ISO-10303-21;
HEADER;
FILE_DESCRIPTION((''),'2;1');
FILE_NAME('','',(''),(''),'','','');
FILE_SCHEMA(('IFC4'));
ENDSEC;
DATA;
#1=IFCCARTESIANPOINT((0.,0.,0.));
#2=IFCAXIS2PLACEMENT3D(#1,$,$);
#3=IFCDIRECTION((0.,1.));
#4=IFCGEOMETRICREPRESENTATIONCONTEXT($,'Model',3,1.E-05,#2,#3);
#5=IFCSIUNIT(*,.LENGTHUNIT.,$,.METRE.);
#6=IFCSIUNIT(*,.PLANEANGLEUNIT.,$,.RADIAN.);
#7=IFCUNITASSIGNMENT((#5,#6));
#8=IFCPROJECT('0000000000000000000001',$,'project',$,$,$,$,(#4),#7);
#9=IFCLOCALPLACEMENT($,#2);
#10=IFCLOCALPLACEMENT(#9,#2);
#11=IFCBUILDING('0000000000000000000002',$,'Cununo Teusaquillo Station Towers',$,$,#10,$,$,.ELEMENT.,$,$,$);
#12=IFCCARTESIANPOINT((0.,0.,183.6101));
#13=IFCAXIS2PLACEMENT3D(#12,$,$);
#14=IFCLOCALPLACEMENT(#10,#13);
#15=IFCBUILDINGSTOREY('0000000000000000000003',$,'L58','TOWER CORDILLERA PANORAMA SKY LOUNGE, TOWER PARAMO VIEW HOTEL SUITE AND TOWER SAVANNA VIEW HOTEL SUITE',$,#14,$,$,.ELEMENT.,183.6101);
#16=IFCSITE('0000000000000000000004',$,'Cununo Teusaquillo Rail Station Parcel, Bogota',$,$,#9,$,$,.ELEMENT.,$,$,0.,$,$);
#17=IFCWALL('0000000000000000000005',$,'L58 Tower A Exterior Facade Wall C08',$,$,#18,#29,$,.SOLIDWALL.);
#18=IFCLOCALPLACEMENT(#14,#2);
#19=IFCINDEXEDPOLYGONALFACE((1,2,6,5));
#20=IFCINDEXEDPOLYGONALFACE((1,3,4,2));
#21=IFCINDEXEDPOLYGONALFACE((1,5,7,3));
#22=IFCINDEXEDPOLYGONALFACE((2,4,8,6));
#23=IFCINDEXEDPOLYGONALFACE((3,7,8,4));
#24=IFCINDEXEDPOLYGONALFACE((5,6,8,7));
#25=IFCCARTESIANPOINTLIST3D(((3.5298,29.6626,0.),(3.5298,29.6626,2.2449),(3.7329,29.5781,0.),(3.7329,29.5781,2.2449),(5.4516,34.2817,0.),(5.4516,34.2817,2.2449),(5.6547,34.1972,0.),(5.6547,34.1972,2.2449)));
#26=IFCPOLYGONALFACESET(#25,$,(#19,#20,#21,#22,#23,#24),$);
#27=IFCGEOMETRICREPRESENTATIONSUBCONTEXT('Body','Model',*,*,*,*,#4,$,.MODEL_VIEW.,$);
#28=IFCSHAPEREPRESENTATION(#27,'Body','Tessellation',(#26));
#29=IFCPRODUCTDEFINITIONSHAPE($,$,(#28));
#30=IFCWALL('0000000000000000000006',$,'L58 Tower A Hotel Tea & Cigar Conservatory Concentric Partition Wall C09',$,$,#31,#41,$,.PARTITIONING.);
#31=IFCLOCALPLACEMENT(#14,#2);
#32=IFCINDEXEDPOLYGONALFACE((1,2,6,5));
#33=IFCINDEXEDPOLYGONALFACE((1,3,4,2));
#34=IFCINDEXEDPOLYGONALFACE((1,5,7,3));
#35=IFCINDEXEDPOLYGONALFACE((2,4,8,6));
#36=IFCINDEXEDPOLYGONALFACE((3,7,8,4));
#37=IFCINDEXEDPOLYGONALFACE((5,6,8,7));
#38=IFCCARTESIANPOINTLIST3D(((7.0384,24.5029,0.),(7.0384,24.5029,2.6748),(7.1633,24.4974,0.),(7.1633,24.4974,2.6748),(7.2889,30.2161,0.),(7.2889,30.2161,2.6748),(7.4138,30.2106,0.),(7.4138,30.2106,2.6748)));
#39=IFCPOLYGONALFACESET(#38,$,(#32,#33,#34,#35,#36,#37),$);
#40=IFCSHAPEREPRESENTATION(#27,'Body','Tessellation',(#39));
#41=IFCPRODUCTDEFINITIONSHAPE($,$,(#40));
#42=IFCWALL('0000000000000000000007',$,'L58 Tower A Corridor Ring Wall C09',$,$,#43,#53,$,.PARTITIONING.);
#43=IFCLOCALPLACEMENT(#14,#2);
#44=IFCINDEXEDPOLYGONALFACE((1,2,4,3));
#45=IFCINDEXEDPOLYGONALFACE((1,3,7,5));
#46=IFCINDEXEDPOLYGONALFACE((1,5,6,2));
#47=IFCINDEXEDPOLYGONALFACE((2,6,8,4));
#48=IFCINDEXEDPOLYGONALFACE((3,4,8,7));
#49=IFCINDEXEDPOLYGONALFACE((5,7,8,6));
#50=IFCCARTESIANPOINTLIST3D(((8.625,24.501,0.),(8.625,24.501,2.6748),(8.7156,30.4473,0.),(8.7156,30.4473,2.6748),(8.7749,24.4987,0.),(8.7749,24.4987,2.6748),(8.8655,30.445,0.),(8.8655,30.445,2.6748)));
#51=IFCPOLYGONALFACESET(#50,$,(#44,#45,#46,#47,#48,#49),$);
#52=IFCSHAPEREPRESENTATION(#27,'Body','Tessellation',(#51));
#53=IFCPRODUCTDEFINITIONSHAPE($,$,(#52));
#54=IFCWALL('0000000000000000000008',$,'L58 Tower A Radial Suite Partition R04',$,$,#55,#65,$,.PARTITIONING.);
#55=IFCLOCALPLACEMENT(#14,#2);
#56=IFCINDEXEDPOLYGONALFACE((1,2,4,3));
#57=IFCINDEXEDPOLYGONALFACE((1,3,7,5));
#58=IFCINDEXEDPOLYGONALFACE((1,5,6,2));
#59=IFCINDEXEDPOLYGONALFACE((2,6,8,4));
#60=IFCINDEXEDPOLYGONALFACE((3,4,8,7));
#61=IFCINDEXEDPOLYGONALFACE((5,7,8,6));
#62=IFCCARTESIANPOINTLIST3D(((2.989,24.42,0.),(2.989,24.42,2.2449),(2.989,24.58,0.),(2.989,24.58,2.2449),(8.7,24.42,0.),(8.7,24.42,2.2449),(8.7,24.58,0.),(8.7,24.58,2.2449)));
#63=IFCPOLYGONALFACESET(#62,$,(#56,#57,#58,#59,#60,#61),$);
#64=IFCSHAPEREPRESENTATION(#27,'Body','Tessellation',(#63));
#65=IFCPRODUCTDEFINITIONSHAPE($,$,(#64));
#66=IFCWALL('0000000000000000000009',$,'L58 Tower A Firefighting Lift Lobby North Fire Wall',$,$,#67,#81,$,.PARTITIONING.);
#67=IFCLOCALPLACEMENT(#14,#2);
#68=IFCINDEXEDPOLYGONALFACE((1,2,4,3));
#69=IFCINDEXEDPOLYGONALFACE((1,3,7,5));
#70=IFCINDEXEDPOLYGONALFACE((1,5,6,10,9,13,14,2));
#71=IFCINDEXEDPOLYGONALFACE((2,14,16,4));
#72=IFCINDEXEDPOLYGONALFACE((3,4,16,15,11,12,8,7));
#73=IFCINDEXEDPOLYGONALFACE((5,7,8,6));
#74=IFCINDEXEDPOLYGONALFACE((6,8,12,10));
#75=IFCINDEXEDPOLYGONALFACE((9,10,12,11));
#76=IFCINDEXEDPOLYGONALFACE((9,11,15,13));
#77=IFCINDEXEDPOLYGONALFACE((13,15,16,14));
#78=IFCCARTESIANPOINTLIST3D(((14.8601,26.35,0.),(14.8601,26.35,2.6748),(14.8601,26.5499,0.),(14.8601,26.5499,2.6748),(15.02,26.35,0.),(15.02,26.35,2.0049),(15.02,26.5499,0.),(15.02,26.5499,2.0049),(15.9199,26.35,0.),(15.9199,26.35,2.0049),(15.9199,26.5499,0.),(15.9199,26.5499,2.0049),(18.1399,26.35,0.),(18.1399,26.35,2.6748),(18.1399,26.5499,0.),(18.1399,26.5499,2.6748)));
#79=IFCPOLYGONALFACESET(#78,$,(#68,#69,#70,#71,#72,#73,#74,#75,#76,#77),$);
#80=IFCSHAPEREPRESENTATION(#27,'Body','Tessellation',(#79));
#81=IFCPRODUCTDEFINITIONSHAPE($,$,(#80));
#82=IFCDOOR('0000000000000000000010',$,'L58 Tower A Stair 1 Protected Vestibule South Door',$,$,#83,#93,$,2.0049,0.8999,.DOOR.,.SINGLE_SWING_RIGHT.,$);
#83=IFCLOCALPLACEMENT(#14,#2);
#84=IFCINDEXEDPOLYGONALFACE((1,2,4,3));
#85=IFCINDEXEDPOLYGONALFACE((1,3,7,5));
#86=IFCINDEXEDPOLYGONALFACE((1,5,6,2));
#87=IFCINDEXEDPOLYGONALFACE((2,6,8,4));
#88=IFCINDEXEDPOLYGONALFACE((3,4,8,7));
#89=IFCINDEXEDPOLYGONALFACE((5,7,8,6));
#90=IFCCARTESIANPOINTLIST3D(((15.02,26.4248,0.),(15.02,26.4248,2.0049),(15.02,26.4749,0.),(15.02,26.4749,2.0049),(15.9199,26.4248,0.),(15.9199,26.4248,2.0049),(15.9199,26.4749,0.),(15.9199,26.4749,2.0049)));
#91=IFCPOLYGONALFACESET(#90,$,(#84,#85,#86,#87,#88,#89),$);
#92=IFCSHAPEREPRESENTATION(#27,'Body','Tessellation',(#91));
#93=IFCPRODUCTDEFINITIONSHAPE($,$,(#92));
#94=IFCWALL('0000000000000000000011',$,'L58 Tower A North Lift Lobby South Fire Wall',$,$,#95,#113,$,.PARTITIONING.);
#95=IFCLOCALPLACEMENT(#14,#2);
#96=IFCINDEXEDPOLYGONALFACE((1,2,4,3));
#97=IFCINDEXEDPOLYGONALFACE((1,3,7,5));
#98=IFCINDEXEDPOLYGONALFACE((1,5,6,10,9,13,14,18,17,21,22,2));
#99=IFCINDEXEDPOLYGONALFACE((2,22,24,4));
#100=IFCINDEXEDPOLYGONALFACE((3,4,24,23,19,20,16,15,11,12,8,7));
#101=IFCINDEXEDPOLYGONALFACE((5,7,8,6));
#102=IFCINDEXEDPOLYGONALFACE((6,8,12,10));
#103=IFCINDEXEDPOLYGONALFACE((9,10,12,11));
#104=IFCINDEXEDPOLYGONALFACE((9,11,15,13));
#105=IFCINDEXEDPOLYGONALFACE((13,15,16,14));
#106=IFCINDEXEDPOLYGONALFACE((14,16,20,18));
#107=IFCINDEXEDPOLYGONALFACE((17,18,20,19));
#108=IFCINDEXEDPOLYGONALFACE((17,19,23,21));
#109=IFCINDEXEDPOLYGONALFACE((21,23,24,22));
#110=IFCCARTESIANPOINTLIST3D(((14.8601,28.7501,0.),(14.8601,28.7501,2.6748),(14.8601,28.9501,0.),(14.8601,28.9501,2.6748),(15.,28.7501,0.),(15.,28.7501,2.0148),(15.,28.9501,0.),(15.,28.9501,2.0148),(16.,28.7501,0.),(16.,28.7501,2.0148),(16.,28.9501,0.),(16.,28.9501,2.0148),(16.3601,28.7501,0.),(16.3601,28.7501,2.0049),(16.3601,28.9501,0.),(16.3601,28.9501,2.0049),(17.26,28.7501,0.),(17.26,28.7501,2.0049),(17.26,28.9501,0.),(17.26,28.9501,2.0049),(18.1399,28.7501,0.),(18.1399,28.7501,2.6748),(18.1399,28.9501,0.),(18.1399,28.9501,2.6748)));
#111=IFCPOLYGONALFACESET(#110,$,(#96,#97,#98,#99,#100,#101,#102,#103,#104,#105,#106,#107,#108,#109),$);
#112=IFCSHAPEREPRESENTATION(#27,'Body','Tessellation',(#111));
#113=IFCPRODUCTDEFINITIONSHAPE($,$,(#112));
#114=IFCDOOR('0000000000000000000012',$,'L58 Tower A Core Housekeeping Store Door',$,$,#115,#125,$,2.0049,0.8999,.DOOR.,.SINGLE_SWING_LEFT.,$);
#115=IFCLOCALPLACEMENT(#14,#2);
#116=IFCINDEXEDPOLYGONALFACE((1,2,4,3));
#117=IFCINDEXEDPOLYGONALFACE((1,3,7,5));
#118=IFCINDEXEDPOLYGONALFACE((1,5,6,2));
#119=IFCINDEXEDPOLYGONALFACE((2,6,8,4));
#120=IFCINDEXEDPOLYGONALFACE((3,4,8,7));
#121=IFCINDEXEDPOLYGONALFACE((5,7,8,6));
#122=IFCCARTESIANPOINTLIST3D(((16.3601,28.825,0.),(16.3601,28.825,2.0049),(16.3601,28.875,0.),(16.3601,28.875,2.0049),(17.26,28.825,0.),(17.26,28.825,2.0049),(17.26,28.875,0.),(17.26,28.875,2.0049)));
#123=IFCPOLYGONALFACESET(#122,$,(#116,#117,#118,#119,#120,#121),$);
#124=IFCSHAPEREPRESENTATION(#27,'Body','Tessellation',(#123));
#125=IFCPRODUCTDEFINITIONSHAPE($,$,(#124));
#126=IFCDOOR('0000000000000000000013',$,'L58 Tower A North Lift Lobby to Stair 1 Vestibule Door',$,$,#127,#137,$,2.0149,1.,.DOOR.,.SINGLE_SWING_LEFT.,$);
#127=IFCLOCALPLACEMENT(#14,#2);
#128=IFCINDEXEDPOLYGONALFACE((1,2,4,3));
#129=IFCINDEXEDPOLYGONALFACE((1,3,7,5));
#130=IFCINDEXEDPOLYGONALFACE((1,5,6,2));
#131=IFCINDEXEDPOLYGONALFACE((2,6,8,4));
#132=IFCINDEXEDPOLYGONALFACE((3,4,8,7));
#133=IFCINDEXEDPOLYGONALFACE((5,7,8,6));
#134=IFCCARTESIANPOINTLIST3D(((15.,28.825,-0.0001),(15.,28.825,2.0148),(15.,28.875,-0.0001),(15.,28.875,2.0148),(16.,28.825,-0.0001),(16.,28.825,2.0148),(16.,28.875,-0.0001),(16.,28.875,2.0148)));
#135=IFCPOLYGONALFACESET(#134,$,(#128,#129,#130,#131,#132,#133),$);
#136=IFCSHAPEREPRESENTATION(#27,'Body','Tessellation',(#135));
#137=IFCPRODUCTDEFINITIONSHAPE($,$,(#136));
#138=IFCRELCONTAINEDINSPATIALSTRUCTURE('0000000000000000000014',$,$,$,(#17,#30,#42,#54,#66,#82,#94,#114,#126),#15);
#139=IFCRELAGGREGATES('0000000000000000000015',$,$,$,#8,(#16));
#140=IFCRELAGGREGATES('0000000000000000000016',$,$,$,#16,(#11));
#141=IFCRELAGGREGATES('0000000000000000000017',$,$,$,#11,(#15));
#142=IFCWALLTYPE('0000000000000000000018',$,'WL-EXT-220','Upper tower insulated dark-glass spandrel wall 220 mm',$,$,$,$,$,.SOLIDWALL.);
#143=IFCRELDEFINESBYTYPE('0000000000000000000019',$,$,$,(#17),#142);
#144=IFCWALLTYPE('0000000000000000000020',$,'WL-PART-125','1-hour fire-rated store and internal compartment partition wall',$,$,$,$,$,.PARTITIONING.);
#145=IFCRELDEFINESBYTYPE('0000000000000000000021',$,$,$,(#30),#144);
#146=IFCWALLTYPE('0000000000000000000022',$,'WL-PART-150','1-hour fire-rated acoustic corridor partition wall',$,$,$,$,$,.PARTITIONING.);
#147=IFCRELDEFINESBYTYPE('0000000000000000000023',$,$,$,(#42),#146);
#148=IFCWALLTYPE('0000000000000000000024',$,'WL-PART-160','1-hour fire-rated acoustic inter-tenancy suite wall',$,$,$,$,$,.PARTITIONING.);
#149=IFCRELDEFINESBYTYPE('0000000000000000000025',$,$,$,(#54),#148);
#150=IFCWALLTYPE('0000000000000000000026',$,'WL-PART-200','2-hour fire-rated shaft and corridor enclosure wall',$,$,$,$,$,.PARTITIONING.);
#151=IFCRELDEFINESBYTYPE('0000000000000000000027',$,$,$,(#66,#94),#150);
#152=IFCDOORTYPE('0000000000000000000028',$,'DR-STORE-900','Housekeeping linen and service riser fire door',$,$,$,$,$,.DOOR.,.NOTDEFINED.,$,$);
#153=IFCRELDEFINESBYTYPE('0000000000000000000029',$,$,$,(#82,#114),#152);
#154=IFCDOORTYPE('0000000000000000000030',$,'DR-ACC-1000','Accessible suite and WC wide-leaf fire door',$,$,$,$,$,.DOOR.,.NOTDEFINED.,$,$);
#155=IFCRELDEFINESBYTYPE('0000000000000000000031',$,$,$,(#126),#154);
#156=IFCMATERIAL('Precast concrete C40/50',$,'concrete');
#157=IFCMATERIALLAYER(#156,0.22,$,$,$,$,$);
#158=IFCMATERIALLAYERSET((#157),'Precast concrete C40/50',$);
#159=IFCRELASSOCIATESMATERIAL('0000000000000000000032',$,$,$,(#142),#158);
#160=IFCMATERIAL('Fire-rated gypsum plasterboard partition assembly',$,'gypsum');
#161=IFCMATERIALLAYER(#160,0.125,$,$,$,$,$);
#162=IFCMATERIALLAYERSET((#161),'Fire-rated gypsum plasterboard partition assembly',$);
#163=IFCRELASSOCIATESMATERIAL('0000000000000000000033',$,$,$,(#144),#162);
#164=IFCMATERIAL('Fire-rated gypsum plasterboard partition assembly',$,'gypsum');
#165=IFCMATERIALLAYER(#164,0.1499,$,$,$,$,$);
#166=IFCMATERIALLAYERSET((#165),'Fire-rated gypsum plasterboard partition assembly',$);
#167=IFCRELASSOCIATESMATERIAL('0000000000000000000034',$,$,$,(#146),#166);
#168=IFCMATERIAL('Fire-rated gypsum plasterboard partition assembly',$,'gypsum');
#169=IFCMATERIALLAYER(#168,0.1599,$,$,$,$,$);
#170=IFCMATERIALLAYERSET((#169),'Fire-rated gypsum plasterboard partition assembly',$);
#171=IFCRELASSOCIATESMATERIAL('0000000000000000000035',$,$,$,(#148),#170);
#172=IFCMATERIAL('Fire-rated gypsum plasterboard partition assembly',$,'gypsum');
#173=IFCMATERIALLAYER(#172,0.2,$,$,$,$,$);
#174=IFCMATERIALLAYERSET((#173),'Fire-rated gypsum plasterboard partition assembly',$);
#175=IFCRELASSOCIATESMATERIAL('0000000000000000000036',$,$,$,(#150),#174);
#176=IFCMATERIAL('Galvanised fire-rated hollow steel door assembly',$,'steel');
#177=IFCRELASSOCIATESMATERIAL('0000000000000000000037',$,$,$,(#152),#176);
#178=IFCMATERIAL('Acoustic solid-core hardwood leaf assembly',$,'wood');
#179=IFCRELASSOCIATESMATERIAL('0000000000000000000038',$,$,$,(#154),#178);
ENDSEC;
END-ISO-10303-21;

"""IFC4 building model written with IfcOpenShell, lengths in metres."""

from ifc_helpers import new_model, si_unit, direction, frame, frame_2d, origin, place, context, subcontext, project, spatial, rectangle, extrude, source, transform, mapped, material, layer, layer_set, type_object, element, fill, save


model = new_model("IFC4")

# Units and contexts
model_context = context("Model", 3, precision=1e-05, world=origin(), true_north=direction((0.0, 1.0)))
body_context = subcontext(model_context, "Body", "Model", "MODEL_VIEW")
ifc_project = project(units=[si_unit("LENGTHUNIT", "METRE"), si_unit("PLANEANGLEUNIT", "RADIAN")], contexts=[model_context])

# Site, building, storey
site_placement = place(None, origin())
site = spatial("IfcSite", under=ifc_project, at=site_placement, Name="Cununo Teusaquillo Rail Station Parcel, Bogota", CompositionType="ELEMENT", RefElevation=0.0)
building_placement = place(site_placement, origin())
building = spatial("IfcBuilding", under=site, at=building_placement, Name="Cununo Teusaquillo Station Towers", CompositionType="ELEMENT")
storey_placement = place(building_placement, frame((0.0, 0.0, 183.6101)))
storey = spatial("IfcBuildingStorey", under=building, at=storey_placement, Name="L58", Description="TOWER CORDILLERA PANORAMA SKY LOUNGE, TOWER PARAMO VIEW HOTEL SUITE AND TOWER SAVANNA VIEW HOTEL SUITE", CompositionType="ELEMENT", Elevation=183.6101)

# Walls
ifc_material_1 = material(Name="Precast concrete C40/50", Category="concrete")
ifc_layer_1 = layer(ifc_material_1, 0.22)
ifc_layer_set_1 = layer_set([ifc_layer_1], Name="Precast concrete C40/50")
wall_type_1 = type_object("IfcWallType", Name="WL-EXT-220", Description="Upper tower insulated dark-glass spandrel wall 220 mm", PredefinedType="SOLIDWALL", material=ifc_layer_set_1)
wall_1_placement = place(storey_placement, frame((3.6313, 29.6204, 0.0), z_axis=(0.0, 0.0, 1.0), x_axis=(0.384144, 0.923273, 0.0)))
element("IfcWall", 1, at=wall_1_placement, inside=storey, type_object=wall_type_1, Name="L58 Tower A Exterior Facade Wall C08", PredefinedType="SOLIDWALL", context=body_context, shape_type="SweptSolid", body=[
    extrude(rectangle(XDim=5.0029, YDim=0.22, at=frame_2d((2.5015, 0.0))), origin(), (0.0, 0.0, 1.0), 2.2449),
])
ifc_material_2 = material(Name="Fire-rated gypsum plasterboard partition assembly", Category="gypsum")
ifc_layer_2 = layer(ifc_material_2, 0.125)
ifc_layer_set_2 = layer_set([ifc_layer_2], Name="Fire-rated gypsum plasterboard partition assembly")
wall_type_2 = type_object("IfcWallType", Name="WL-PART-125", Description="1-hour fire-rated store and internal compartment partition wall", PredefinedType="PARTITIONING", material=ifc_layer_set_2)
wall_2_placement = place(storey_placement, frame((7.3513, 30.2134, 0.0), z_axis=(0.0, 0.0, 1.0), x_axis=(-0.0438, -0.99904, 0.0)))
element("IfcWall", 2, at=wall_2_placement, inside=storey, type_object=wall_type_2, Name="L58 Tower A Hotel Tea & Cigar Conservatory Concentric Partition Wall C09", PredefinedType="PARTITIONING", context=body_context, shape_type="SweptSolid", body=[
    extrude(rectangle(XDim=5.7188, YDim=0.125, at=frame_2d((2.8594, 0.0))), origin(), (0.0, 0.0, 1.0), 2.6748),
])
ifc_material_3 = material(Name="Fire-rated gypsum plasterboard partition assembly", Category="gypsum")
ifc_layer_3 = layer(ifc_material_3, 0.1499)
ifc_layer_set_3 = layer_set([ifc_layer_3], Name="Fire-rated gypsum plasterboard partition assembly")
wall_type_3 = type_object("IfcWallType", Name="WL-PART-150", Description="1-hour fire-rated acoustic corridor partition wall", PredefinedType="PARTITIONING", material=ifc_layer_set_3)
wall_3_placement = place(storey_placement, frame((8.7905, 30.4463, 0.0), z_axis=(0.0, 0.0, 1.0), x_axis=(-0.015231, -0.999884, 0.0)))
element("IfcWall", 3, at=wall_3_placement, inside=storey, type_object=wall_type_3, Name="L58 Tower A Corridor Ring Wall C09", PredefinedType="PARTITIONING", context=body_context, shape_type="SweptSolid", body=[
    extrude(rectangle(XDim=5.947, YDim=0.1499, at=frame_2d((2.9736, 0.0))), origin(), (0.0, 0.0, 1.0), 2.6748),
])
ifc_material_4 = material(Name="Fire-rated gypsum plasterboard partition assembly", Category="gypsum")
ifc_layer_4 = layer(ifc_material_4, 0.1599)
ifc_layer_set_4 = layer_set([ifc_layer_4], Name="Fire-rated gypsum plasterboard partition assembly")
wall_type_4 = type_object("IfcWallType", Name="WL-PART-160", Description="1-hour fire-rated acoustic inter-tenancy suite wall", PredefinedType="PARTITIONING", material=ifc_layer_set_4)
wall_4_placement = place(storey_placement, frame((8.7, 24.5, 0.0), z_axis=(0.0, 0.0, 1.0), x_axis=(-1.0, 0.0, 0.0)))
element("IfcWall", 4, at=wall_4_placement, inside=storey, type_object=wall_type_4, Name="L58 Tower A Radial Suite Partition R04", PredefinedType="PARTITIONING", context=body_context, shape_type="SweptSolid", body=[
    extrude(rectangle(XDim=5.7109, YDim=0.1599, at=frame_2d((2.8555, 0.0))), origin(), (0.0, 0.0, 1.0), 2.2449),
])

# Wall, opening, door
ifc_material_5 = material(Name="Fire-rated gypsum plasterboard partition assembly", Category="gypsum")
ifc_layer_5 = layer(ifc_material_5, 0.2)
ifc_layer_set_5 = layer_set([ifc_layer_5], Name="Fire-rated gypsum plasterboard partition assembly")
wall_type_5 = type_object("IfcWallType", Name="WL-PART-200", Description="2-hour fire-rated shaft and corridor enclosure wall", PredefinedType="PARTITIONING", material=ifc_layer_set_5)
wall_5_placement = place(storey_placement, frame((14.8601, 26.45, 0.0), z_axis=(0.0, 0.0, 1.0), x_axis=(1.0, 0.0, 0.0)))
wall_5 = element("IfcWall", 5, at=wall_5_placement, inside=storey, type_object=wall_type_5, Name="L58 Tower A Firefighting Lift Lobby North Fire Wall", PredefinedType="PARTITIONING", context=body_context, shape_type="SweptSolid", body=[
    extrude(rectangle(XDim=3.2798, YDim=0.2, at=frame_2d((1.6399, 0.0))), origin(), (0.0, 0.0, 1.0), 2.6748),
])
shared_shape_1 = source(origin(), body_context, "Body", "SweptSolid", [
    extrude(rectangle(XDim=0.8999, YDim=2.0049, at=frame_2d((0.45, 1.0024))), frame((0.0, 0.1099, 0.0), z_axis=(0.0, -1.0, 0.0), x_axis=(1.0, 0.0, 0.0)), (0.0, 0.0, 1.0), 0.22),
])
opening_1_placement = place(wall_5_placement, frame((0.1599, 0.0, 0.0)))
opening_1 = element("IfcOpeningElement", 6, at=opening_1_placement, cuts=wall_5, PredefinedType="OPENING", context=body_context, shape_type="MappedRepresentation", body=[
    mapped(shared_shape_1, transform((0.0, 0.0, 0.0), x_axis=(1.0, 0.0, 0.0), y_axis=(0.0, 1.0, 0.0), z_axis=(0.0, 0.0, 1.0), scale=1.0)),
])
ifc_material_6 = material(Name="Galvanised fire-rated hollow steel door assembly", Category="steel")
door_type_1 = type_object("IfcDoorType", Name="DR-STORE-900", Description="Housekeeping linen and service riser fire door", OperationType="NOTDEFINED", PredefinedType="DOOR", material=ifc_material_6)
shared_shape_2 = source(origin(), body_context, "Body", "SweptSolid", [
    extrude(rectangle(XDim=0.8999, YDim=2.0049, at=frame_2d((0.45, 1.0024))), frame((0.0, 0.0249, 0.0), z_axis=(0.0, -1.0, 0.0), x_axis=(1.0, 0.0, 0.0)), (0.0, 0.0, 1.0), 0.05),
])
door_1_placement = place(opening_1_placement, origin())
door_1 = element("IfcDoor", 7, at=door_1_placement, inside=storey, type_object=door_type_1, Name="L58 Tower A Stair 1 Protected Vestibule South Door", OperationType="SINGLE_SWING_RIGHT", OverallHeight=2.0049, OverallWidth=0.8999, PredefinedType="DOOR", context=body_context, shape_type="MappedRepresentation", body=[
    mapped(shared_shape_2, transform((0.0, 0.0, 0.0), x_axis=(1.0, 0.0, 0.0), y_axis=(0.0, 1.0, 0.0), z_axis=(0.0, 0.0, 1.0), scale=1.0)),
])
fill(opening_1, door_1)

# Wall, openings, doors
wall_6_placement = place(storey_placement, frame((14.8601, 28.8501, 0.0), z_axis=(0.0, 0.0, 1.0), x_axis=(1.0, 0.0, 0.0)))
wall_6 = element("IfcWall", 8, at=wall_6_placement, inside=storey, type_object=wall_type_5, Name="L58 Tower A North Lift Lobby South Fire Wall", PredefinedType="PARTITIONING", context=body_context, shape_type="SweptSolid", body=[
    extrude(rectangle(XDim=3.2798, YDim=0.2, at=frame_2d((1.6399, 0.0))), origin(), (0.0, 0.0, 1.0), 2.6748),
])
shared_shape_3 = source(origin(), body_context, "Body", "SweptSolid", [
    extrude(rectangle(XDim=1.0, YDim=2.0149, at=frame_2d((0.5, 1.0073))), frame((0.0, 0.1099, 0.0), z_axis=(0.0, -1.0, 0.0), x_axis=(1.0, 0.0, 0.0)), (0.0, 0.0, 1.0), 0.22),
])
opening_2_placement = place(wall_6_placement, frame((0.1399, 0.0, 0.0)))
opening_2 = element("IfcOpeningElement", 9, at=opening_2_placement, cuts=wall_6, PredefinedType="OPENING", context=body_context, shape_type="MappedRepresentation", body=[
    mapped(shared_shape_3, transform((0.0, 0.0, 0.0), x_axis=(1.0, 0.0, 0.0), y_axis=(0.0, 1.0, 0.0), z_axis=(0.0, 0.0, 1.0), scale=1.0)),
])
opening_3_placement = place(wall_6_placement, frame((1.5, 0.0, 0.0)))
opening_3 = element("IfcOpeningElement", 10, at=opening_3_placement, cuts=wall_6, PredefinedType="OPENING", context=body_context, shape_type="MappedRepresentation", body=[
    mapped(shared_shape_1, transform((0.0, 0.0, 0.0), x_axis=(1.0, 0.0, 0.0), y_axis=(0.0, 1.0, 0.0), z_axis=(0.0, 0.0, 1.0), scale=1.0)),
])
door_2_placement = place(opening_3_placement, origin())
door_2 = element("IfcDoor", 11, at=door_2_placement, inside=storey, type_object=door_type_1, Name="L58 Tower A Core Housekeeping Store Door", OperationType="SINGLE_SWING_LEFT", OverallHeight=2.0049, OverallWidth=0.8999, PredefinedType="DOOR", context=body_context, shape_type="MappedRepresentation", body=[
    mapped(shared_shape_2, transform((0.0, 0.0, 0.0), x_axis=(1.0, 0.0, 0.0), y_axis=(0.0, 1.0, 0.0), z_axis=(0.0, 0.0, 1.0), scale=1.0)),
])
fill(opening_3, door_2)
ifc_material_7 = material(Name="Acoustic solid-core hardwood leaf assembly", Category="wood")
door_type_2 = type_object("IfcDoorType", Name="DR-ACC-1000", Description="Accessible suite and WC wide-leaf fire door", OperationType="NOTDEFINED", PredefinedType="DOOR", material=ifc_material_7)
shared_shape_4 = source(origin(), body_context, "Body", "SweptSolid", [
    extrude(rectangle(XDim=1.0, YDim=2.0149, at=frame_2d((0.5, 1.0073))), frame((0.0, 0.0249, 0.0), z_axis=(0.0, -1.0, 0.0), x_axis=(1.0, 0.0, 0.0)), (0.0, 0.0, 1.0), 0.05),
])
door_3_placement = place(opening_2_placement, origin())
door_3 = element("IfcDoor", 12, at=door_3_placement, inside=storey, type_object=door_type_2, Name="L58 Tower A North Lift Lobby to Stair 1 Vestibule Door", OperationType="SINGLE_SWING_LEFT", OverallHeight=2.0149, OverallWidth=1.0, PredefinedType="DOOR", context=body_context, shape_type="MappedRepresentation", body=[
    mapped(shared_shape_4, transform((0.0, 0.0, 0.0), x_axis=(1.0, 0.0, 0.0), y_axis=(0.0, 1.0, 0.0), z_axis=(0.0, 0.0, 1.0), scale=1.0)),
])
fill(opening_2, door_3)

save(model, "model.ifc")
